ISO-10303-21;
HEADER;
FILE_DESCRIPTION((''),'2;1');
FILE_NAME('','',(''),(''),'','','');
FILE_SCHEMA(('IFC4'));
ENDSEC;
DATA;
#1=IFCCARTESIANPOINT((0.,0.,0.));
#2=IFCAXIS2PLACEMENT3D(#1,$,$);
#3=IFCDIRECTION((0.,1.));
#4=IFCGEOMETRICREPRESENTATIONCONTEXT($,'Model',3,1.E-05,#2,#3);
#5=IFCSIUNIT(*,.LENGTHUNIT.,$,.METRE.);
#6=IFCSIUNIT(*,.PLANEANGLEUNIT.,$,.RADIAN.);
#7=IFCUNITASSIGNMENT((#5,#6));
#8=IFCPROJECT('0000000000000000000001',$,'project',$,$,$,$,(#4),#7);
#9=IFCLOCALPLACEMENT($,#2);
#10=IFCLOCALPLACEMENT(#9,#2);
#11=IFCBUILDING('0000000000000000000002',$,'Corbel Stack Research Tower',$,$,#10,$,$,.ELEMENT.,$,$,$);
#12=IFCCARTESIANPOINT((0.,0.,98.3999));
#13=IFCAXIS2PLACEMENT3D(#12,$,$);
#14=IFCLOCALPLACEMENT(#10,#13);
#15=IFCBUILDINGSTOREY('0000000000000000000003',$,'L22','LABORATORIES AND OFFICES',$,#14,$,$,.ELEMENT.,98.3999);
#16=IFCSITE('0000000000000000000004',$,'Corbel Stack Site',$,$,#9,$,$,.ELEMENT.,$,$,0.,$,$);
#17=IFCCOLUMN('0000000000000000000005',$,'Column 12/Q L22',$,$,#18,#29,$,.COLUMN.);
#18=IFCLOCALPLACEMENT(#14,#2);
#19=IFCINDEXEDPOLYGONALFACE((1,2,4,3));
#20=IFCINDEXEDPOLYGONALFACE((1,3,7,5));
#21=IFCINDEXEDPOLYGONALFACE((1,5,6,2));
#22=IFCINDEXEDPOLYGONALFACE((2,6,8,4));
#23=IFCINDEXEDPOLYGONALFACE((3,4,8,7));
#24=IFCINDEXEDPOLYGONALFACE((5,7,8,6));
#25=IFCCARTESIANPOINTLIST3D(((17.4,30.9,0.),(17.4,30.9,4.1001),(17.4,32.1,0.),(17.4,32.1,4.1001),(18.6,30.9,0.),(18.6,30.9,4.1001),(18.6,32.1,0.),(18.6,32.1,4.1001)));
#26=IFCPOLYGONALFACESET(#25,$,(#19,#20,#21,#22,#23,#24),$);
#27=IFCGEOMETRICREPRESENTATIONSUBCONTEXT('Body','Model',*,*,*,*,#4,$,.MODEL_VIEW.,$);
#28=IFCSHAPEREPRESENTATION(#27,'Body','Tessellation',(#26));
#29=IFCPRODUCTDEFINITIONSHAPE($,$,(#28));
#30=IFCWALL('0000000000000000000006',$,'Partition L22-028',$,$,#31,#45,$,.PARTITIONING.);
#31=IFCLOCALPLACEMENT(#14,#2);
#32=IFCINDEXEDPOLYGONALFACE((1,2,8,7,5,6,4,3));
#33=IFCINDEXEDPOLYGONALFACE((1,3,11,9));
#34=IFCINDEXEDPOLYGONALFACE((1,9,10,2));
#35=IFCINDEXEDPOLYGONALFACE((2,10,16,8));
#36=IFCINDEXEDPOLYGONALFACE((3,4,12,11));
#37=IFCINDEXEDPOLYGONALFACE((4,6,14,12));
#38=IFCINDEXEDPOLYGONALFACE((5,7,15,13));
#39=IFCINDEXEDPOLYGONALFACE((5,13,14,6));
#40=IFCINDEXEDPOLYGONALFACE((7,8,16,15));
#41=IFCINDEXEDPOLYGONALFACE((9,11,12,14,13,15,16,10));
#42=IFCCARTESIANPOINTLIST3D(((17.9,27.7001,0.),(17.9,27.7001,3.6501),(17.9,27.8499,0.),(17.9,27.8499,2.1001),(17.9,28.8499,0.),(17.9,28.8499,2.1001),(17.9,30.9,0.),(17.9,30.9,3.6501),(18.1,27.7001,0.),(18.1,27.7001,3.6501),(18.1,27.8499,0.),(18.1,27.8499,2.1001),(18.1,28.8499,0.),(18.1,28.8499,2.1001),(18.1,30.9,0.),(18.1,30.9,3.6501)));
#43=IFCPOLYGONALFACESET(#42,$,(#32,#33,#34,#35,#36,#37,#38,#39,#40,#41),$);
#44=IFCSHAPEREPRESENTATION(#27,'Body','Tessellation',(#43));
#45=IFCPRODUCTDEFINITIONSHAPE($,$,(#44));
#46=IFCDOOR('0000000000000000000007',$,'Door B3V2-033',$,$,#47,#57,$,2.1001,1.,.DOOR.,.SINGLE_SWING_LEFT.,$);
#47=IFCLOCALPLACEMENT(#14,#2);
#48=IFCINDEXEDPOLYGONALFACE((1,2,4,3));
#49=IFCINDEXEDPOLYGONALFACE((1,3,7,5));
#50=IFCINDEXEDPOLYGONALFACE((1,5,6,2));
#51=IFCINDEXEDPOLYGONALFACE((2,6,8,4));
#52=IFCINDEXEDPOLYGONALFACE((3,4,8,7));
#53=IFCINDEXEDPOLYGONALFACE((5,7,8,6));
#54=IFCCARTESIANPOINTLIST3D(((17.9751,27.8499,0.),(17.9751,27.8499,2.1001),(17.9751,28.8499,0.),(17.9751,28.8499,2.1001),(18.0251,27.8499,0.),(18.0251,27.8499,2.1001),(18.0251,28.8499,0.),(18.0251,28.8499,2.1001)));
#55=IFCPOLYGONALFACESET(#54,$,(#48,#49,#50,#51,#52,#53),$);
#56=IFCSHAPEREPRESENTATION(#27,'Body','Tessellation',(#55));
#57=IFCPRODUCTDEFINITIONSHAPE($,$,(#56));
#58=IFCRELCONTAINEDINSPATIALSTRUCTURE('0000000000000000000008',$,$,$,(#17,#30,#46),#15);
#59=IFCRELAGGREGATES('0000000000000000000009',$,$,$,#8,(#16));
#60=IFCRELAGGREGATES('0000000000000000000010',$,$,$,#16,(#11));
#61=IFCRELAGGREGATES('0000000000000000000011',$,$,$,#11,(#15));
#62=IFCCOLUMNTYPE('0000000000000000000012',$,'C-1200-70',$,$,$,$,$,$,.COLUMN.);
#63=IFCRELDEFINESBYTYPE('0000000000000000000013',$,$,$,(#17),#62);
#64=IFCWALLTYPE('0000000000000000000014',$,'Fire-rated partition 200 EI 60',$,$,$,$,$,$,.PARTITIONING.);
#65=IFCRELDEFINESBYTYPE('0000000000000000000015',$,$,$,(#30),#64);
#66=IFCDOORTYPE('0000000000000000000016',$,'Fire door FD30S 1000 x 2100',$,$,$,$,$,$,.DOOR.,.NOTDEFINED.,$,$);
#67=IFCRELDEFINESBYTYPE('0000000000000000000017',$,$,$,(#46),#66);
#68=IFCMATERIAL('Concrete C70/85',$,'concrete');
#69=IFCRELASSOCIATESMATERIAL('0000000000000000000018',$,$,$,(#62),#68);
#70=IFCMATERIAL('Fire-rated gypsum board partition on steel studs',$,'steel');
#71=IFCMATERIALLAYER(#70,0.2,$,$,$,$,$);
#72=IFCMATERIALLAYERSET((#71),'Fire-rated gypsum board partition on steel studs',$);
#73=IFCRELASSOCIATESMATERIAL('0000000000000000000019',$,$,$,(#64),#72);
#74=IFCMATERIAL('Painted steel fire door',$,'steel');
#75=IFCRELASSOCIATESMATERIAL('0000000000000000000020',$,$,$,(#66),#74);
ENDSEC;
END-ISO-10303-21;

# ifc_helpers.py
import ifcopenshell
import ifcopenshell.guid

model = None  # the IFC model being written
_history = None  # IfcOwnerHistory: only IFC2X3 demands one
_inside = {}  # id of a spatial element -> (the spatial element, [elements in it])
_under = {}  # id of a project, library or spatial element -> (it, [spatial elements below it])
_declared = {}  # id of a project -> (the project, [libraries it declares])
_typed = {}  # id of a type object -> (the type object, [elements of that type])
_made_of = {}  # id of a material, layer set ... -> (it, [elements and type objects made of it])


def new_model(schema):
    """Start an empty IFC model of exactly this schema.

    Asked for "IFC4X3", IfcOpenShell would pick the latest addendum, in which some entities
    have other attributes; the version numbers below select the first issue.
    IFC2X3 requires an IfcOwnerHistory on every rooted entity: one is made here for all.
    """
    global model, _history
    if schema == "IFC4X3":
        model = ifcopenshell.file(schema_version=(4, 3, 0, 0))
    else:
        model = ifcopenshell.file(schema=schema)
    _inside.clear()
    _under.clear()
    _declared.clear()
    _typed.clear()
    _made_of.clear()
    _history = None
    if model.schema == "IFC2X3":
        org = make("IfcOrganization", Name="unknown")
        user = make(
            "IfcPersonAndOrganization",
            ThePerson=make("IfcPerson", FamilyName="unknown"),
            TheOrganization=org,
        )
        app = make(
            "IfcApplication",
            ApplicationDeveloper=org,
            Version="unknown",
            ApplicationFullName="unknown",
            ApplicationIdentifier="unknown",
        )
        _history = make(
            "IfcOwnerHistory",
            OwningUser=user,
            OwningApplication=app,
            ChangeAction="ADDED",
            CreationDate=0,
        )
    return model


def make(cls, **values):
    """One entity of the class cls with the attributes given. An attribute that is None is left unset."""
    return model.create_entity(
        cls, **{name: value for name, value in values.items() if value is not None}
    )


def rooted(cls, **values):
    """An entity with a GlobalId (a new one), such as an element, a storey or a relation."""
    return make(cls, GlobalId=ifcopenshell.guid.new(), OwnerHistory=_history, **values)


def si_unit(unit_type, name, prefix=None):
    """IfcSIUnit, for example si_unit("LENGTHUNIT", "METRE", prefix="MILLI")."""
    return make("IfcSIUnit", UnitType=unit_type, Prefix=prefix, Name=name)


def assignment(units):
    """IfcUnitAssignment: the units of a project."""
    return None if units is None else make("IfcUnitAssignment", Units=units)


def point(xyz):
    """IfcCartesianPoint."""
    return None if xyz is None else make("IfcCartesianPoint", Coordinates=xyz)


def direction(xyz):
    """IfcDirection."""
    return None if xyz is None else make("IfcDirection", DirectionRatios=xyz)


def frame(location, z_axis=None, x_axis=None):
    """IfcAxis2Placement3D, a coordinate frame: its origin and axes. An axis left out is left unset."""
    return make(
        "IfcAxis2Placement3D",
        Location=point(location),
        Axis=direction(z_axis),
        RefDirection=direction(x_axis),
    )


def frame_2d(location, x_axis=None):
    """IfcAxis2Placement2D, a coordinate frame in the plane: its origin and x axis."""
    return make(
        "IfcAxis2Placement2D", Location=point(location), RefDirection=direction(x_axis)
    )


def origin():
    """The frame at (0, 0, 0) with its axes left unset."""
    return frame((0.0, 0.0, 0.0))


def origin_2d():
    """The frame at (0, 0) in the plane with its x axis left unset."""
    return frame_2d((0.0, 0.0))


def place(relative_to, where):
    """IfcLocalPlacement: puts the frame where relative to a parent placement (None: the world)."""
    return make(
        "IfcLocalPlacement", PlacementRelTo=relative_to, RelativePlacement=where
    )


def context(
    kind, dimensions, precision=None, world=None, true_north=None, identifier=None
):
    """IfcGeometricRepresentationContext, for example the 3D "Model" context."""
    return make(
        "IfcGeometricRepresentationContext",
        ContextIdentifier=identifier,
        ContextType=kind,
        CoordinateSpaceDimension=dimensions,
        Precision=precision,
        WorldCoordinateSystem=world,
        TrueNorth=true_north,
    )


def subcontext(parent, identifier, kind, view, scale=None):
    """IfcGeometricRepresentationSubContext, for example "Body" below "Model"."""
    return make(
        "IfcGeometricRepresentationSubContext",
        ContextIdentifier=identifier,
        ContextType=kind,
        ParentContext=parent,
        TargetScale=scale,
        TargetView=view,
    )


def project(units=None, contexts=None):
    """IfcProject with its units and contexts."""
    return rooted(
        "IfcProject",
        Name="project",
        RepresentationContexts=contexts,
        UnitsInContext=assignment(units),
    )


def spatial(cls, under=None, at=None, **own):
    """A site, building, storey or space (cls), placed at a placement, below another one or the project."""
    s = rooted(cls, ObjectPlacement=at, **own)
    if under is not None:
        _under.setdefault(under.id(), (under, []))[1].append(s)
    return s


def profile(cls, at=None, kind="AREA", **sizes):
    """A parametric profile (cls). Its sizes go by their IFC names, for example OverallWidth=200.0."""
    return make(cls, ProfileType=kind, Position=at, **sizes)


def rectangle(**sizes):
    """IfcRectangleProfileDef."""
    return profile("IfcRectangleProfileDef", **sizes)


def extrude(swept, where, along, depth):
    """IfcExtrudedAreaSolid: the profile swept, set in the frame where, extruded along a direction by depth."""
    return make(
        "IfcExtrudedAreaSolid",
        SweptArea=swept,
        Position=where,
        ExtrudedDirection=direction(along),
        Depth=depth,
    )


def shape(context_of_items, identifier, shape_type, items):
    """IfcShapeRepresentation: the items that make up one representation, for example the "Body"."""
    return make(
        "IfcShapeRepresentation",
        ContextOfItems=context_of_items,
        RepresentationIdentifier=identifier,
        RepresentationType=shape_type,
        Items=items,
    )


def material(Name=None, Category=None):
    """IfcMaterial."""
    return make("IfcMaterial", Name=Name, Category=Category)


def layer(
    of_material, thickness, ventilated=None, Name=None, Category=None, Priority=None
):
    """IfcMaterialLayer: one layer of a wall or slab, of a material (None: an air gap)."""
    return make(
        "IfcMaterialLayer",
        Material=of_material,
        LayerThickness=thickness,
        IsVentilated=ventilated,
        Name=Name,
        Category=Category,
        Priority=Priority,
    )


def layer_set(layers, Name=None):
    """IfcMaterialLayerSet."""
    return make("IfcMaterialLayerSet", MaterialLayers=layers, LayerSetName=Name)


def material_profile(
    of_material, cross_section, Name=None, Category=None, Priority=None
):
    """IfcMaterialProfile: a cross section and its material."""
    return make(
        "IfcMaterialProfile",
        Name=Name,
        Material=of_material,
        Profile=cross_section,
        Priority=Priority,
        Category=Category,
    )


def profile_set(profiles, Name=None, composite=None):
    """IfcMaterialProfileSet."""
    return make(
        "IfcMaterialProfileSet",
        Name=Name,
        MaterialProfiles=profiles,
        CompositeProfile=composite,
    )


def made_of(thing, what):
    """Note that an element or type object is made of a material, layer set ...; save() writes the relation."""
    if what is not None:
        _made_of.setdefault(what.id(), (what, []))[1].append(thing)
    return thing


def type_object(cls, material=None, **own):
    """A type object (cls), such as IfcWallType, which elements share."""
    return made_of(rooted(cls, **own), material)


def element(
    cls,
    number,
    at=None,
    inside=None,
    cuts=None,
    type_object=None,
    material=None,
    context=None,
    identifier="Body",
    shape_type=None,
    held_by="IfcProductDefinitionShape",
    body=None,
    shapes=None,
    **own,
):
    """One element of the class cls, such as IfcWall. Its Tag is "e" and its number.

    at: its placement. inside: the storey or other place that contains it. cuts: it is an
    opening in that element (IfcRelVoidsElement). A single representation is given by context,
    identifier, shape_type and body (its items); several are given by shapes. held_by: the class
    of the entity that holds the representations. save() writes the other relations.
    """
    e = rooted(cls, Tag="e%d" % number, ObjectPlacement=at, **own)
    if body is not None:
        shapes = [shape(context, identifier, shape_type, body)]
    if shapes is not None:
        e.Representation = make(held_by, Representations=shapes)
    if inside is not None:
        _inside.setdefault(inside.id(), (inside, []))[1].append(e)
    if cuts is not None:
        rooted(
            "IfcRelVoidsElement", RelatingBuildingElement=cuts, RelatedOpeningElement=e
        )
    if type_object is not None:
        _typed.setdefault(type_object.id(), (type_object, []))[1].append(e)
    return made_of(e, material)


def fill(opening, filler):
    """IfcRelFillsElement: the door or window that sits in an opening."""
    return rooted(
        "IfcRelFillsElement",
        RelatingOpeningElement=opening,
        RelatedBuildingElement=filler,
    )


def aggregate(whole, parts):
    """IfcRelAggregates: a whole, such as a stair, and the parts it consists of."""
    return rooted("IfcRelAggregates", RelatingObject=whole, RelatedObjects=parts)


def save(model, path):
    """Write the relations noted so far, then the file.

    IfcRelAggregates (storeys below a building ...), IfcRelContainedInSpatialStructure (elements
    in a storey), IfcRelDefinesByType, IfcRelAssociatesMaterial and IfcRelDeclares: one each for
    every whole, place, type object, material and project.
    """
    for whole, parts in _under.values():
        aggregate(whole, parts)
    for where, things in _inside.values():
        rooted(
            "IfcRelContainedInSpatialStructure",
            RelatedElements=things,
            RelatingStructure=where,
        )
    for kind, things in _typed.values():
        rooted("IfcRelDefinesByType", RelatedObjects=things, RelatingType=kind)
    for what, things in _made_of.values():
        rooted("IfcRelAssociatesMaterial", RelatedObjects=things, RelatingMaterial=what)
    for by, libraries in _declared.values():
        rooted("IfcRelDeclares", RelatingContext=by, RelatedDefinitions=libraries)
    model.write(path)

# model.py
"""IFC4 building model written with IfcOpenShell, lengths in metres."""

from ifc_helpers import new_model, si_unit, direction, frame, frame_2d, origin, origin_2d, place, context, subcontext, project, spatial, rectangle, extrude, material, layer, layer_set, material_profile, profile_set, type_object, element, fill, save


model = new_model("IFC4")

# Units and contexts
model_context = context("Model", 3, precision=1e-05, world=origin(), true_north=direction((0.0, 1.0)))
body_context = subcontext(model_context, "Body", "Model", "MODEL_VIEW")
ifc_project = project(units=[si_unit("LENGTHUNIT", "METRE"), si_unit("PLANEANGLEUNIT", "RADIAN")], contexts=[model_context])

# Site, building, storey
site_placement = place(None, origin())
site = spatial("IfcSite", under=ifc_project, at=site_placement, Name="Corbel Stack Site", CompositionType="ELEMENT", RefElevation=0.0)
building_placement = place(site_placement, origin())
building = spatial("IfcBuilding", under=site, at=building_placement, Name="Corbel Stack Research Tower", CompositionType="ELEMENT")
storey_placement = place(building_placement, frame((0.0, 0.0, 98.3999)))
storey = spatial("IfcBuildingStorey", under=building, at=storey_placement, Name="L22", Description="LABORATORIES AND OFFICES", CompositionType="ELEMENT", Elevation=98.3999)

# Column
ifc_material_1 = material(Name="Concrete C70/85", Category="concrete")
ifc_material_profile = material_profile(ifc_material_1, rectangle(XDim=1.2, YDim=1.2, at=origin_2d()), Name="RC 1200 x 1200")
ifc_profile_set = profile_set([ifc_material_profile], Name="Concrete C70/85")
column_type = type_object("IfcColumnType", Name="C-1200-70", PredefinedType="COLUMN", material=ifc_profile_set)
column_placement = place(storey_placement, frame((18.0, 31.5, 0.0), z_axis=(0.0, 0.0, 1.0), x_axis=(1.0, 0.0, 0.0)))
element("IfcColumn", 1, at=column_placement, inside=storey, type_object=column_type, Name="Column 12/Q L22", PredefinedType="COLUMN", context=body_context, shape_type="SweptSolid", body=[
    extrude(rectangle(XDim=1.2, YDim=1.2, at=origin_2d()), origin(), (0.0, 0.0, 1.0), 4.1001),
])

# Wall, opening, door
ifc_material_2 = material(Name="Fire-rated gypsum board partition on steel studs", Category="steel")
ifc_layer_1 = layer(ifc_material_2, 0.2)
ifc_layer_set_1 = layer_set([ifc_layer_1], Name="Fire-rated gypsum board partition on steel studs")
wall_type_1 = type_object("IfcWallType", Name="Fire-rated partition 200 EI 60", PredefinedType="PARTITIONING", material=ifc_layer_set_1)
wall_1_placement = place(storey_placement, frame((18.0, 27.7, 0.0), z_axis=(0.0, 0.0, 1.0), x_axis=(0.0, 1.0, 0.0)))
wall_1 = element("IfcWall", 2, at=wall_1_placement, inside=storey, type_object=wall_type_1, Name="Partition L22-028", PredefinedType="PARTITIONING", context=body_context, shape_type="SweptSolid", body=[
    extrude(rectangle(XDim=3.2, YDim=0.2, at=frame_2d((1.6001, 0.0))), origin(), (0.0, 0.0, 1.0), 3.6501),
])
opening_1_placement = place(wall_1_placement, frame((0.1499, 0.0, 0.0)))
opening_1 = element("IfcOpeningElement", 3, at=opening_1_placement, cuts=wall_1, PredefinedType="OPENING", context=body_context, shape_type="SweptSolid", body=[
    extrude(rectangle(XDim=1.0, YDim=2.1001, at=frame_2d((0.5, 1.05))), frame((0.0, 0.1099, 0.0), z_axis=(0.0, -1.0, 0.0), x_axis=(1.0, 0.0, 0.0)), (0.0, 0.0, 1.0), 0.22),
])
ifc_material_3 = material(Name="Painted steel fire door", Category="steel")
door_type_1 = type_object("IfcDoorType", Name="Fire door FD30S 1000 x 2100", OperationType="NOTDEFINED", PredefinedType="DOOR", material=ifc_material_3)
door_1_placement = place(opening_1_placement, origin())
door_1 = element("IfcDoor", 4, at=door_1_placement, inside=storey, type_object=door_type_1, Name="Door B3V2-033", OperationType="SINGLE_SWING_LEFT", OverallHeight=2.1001, OverallWidth=1.0, PredefinedType="DOOR", context=body_context, shape_type="SweptSolid", body=[
    extrude(rectangle(XDim=1.0, YDim=2.1001, at=frame_2d((0.5, 1.05))), frame((0.0, 0.0249, 0.0), z_axis=(0.0, -1.0, 0.0), x_axis=(1.0, 0.0, 0.0)), (0.0, 0.0, 1.0), 0.05),
])
fill(opening_1, door_1)

save(model, "model.ifc")
